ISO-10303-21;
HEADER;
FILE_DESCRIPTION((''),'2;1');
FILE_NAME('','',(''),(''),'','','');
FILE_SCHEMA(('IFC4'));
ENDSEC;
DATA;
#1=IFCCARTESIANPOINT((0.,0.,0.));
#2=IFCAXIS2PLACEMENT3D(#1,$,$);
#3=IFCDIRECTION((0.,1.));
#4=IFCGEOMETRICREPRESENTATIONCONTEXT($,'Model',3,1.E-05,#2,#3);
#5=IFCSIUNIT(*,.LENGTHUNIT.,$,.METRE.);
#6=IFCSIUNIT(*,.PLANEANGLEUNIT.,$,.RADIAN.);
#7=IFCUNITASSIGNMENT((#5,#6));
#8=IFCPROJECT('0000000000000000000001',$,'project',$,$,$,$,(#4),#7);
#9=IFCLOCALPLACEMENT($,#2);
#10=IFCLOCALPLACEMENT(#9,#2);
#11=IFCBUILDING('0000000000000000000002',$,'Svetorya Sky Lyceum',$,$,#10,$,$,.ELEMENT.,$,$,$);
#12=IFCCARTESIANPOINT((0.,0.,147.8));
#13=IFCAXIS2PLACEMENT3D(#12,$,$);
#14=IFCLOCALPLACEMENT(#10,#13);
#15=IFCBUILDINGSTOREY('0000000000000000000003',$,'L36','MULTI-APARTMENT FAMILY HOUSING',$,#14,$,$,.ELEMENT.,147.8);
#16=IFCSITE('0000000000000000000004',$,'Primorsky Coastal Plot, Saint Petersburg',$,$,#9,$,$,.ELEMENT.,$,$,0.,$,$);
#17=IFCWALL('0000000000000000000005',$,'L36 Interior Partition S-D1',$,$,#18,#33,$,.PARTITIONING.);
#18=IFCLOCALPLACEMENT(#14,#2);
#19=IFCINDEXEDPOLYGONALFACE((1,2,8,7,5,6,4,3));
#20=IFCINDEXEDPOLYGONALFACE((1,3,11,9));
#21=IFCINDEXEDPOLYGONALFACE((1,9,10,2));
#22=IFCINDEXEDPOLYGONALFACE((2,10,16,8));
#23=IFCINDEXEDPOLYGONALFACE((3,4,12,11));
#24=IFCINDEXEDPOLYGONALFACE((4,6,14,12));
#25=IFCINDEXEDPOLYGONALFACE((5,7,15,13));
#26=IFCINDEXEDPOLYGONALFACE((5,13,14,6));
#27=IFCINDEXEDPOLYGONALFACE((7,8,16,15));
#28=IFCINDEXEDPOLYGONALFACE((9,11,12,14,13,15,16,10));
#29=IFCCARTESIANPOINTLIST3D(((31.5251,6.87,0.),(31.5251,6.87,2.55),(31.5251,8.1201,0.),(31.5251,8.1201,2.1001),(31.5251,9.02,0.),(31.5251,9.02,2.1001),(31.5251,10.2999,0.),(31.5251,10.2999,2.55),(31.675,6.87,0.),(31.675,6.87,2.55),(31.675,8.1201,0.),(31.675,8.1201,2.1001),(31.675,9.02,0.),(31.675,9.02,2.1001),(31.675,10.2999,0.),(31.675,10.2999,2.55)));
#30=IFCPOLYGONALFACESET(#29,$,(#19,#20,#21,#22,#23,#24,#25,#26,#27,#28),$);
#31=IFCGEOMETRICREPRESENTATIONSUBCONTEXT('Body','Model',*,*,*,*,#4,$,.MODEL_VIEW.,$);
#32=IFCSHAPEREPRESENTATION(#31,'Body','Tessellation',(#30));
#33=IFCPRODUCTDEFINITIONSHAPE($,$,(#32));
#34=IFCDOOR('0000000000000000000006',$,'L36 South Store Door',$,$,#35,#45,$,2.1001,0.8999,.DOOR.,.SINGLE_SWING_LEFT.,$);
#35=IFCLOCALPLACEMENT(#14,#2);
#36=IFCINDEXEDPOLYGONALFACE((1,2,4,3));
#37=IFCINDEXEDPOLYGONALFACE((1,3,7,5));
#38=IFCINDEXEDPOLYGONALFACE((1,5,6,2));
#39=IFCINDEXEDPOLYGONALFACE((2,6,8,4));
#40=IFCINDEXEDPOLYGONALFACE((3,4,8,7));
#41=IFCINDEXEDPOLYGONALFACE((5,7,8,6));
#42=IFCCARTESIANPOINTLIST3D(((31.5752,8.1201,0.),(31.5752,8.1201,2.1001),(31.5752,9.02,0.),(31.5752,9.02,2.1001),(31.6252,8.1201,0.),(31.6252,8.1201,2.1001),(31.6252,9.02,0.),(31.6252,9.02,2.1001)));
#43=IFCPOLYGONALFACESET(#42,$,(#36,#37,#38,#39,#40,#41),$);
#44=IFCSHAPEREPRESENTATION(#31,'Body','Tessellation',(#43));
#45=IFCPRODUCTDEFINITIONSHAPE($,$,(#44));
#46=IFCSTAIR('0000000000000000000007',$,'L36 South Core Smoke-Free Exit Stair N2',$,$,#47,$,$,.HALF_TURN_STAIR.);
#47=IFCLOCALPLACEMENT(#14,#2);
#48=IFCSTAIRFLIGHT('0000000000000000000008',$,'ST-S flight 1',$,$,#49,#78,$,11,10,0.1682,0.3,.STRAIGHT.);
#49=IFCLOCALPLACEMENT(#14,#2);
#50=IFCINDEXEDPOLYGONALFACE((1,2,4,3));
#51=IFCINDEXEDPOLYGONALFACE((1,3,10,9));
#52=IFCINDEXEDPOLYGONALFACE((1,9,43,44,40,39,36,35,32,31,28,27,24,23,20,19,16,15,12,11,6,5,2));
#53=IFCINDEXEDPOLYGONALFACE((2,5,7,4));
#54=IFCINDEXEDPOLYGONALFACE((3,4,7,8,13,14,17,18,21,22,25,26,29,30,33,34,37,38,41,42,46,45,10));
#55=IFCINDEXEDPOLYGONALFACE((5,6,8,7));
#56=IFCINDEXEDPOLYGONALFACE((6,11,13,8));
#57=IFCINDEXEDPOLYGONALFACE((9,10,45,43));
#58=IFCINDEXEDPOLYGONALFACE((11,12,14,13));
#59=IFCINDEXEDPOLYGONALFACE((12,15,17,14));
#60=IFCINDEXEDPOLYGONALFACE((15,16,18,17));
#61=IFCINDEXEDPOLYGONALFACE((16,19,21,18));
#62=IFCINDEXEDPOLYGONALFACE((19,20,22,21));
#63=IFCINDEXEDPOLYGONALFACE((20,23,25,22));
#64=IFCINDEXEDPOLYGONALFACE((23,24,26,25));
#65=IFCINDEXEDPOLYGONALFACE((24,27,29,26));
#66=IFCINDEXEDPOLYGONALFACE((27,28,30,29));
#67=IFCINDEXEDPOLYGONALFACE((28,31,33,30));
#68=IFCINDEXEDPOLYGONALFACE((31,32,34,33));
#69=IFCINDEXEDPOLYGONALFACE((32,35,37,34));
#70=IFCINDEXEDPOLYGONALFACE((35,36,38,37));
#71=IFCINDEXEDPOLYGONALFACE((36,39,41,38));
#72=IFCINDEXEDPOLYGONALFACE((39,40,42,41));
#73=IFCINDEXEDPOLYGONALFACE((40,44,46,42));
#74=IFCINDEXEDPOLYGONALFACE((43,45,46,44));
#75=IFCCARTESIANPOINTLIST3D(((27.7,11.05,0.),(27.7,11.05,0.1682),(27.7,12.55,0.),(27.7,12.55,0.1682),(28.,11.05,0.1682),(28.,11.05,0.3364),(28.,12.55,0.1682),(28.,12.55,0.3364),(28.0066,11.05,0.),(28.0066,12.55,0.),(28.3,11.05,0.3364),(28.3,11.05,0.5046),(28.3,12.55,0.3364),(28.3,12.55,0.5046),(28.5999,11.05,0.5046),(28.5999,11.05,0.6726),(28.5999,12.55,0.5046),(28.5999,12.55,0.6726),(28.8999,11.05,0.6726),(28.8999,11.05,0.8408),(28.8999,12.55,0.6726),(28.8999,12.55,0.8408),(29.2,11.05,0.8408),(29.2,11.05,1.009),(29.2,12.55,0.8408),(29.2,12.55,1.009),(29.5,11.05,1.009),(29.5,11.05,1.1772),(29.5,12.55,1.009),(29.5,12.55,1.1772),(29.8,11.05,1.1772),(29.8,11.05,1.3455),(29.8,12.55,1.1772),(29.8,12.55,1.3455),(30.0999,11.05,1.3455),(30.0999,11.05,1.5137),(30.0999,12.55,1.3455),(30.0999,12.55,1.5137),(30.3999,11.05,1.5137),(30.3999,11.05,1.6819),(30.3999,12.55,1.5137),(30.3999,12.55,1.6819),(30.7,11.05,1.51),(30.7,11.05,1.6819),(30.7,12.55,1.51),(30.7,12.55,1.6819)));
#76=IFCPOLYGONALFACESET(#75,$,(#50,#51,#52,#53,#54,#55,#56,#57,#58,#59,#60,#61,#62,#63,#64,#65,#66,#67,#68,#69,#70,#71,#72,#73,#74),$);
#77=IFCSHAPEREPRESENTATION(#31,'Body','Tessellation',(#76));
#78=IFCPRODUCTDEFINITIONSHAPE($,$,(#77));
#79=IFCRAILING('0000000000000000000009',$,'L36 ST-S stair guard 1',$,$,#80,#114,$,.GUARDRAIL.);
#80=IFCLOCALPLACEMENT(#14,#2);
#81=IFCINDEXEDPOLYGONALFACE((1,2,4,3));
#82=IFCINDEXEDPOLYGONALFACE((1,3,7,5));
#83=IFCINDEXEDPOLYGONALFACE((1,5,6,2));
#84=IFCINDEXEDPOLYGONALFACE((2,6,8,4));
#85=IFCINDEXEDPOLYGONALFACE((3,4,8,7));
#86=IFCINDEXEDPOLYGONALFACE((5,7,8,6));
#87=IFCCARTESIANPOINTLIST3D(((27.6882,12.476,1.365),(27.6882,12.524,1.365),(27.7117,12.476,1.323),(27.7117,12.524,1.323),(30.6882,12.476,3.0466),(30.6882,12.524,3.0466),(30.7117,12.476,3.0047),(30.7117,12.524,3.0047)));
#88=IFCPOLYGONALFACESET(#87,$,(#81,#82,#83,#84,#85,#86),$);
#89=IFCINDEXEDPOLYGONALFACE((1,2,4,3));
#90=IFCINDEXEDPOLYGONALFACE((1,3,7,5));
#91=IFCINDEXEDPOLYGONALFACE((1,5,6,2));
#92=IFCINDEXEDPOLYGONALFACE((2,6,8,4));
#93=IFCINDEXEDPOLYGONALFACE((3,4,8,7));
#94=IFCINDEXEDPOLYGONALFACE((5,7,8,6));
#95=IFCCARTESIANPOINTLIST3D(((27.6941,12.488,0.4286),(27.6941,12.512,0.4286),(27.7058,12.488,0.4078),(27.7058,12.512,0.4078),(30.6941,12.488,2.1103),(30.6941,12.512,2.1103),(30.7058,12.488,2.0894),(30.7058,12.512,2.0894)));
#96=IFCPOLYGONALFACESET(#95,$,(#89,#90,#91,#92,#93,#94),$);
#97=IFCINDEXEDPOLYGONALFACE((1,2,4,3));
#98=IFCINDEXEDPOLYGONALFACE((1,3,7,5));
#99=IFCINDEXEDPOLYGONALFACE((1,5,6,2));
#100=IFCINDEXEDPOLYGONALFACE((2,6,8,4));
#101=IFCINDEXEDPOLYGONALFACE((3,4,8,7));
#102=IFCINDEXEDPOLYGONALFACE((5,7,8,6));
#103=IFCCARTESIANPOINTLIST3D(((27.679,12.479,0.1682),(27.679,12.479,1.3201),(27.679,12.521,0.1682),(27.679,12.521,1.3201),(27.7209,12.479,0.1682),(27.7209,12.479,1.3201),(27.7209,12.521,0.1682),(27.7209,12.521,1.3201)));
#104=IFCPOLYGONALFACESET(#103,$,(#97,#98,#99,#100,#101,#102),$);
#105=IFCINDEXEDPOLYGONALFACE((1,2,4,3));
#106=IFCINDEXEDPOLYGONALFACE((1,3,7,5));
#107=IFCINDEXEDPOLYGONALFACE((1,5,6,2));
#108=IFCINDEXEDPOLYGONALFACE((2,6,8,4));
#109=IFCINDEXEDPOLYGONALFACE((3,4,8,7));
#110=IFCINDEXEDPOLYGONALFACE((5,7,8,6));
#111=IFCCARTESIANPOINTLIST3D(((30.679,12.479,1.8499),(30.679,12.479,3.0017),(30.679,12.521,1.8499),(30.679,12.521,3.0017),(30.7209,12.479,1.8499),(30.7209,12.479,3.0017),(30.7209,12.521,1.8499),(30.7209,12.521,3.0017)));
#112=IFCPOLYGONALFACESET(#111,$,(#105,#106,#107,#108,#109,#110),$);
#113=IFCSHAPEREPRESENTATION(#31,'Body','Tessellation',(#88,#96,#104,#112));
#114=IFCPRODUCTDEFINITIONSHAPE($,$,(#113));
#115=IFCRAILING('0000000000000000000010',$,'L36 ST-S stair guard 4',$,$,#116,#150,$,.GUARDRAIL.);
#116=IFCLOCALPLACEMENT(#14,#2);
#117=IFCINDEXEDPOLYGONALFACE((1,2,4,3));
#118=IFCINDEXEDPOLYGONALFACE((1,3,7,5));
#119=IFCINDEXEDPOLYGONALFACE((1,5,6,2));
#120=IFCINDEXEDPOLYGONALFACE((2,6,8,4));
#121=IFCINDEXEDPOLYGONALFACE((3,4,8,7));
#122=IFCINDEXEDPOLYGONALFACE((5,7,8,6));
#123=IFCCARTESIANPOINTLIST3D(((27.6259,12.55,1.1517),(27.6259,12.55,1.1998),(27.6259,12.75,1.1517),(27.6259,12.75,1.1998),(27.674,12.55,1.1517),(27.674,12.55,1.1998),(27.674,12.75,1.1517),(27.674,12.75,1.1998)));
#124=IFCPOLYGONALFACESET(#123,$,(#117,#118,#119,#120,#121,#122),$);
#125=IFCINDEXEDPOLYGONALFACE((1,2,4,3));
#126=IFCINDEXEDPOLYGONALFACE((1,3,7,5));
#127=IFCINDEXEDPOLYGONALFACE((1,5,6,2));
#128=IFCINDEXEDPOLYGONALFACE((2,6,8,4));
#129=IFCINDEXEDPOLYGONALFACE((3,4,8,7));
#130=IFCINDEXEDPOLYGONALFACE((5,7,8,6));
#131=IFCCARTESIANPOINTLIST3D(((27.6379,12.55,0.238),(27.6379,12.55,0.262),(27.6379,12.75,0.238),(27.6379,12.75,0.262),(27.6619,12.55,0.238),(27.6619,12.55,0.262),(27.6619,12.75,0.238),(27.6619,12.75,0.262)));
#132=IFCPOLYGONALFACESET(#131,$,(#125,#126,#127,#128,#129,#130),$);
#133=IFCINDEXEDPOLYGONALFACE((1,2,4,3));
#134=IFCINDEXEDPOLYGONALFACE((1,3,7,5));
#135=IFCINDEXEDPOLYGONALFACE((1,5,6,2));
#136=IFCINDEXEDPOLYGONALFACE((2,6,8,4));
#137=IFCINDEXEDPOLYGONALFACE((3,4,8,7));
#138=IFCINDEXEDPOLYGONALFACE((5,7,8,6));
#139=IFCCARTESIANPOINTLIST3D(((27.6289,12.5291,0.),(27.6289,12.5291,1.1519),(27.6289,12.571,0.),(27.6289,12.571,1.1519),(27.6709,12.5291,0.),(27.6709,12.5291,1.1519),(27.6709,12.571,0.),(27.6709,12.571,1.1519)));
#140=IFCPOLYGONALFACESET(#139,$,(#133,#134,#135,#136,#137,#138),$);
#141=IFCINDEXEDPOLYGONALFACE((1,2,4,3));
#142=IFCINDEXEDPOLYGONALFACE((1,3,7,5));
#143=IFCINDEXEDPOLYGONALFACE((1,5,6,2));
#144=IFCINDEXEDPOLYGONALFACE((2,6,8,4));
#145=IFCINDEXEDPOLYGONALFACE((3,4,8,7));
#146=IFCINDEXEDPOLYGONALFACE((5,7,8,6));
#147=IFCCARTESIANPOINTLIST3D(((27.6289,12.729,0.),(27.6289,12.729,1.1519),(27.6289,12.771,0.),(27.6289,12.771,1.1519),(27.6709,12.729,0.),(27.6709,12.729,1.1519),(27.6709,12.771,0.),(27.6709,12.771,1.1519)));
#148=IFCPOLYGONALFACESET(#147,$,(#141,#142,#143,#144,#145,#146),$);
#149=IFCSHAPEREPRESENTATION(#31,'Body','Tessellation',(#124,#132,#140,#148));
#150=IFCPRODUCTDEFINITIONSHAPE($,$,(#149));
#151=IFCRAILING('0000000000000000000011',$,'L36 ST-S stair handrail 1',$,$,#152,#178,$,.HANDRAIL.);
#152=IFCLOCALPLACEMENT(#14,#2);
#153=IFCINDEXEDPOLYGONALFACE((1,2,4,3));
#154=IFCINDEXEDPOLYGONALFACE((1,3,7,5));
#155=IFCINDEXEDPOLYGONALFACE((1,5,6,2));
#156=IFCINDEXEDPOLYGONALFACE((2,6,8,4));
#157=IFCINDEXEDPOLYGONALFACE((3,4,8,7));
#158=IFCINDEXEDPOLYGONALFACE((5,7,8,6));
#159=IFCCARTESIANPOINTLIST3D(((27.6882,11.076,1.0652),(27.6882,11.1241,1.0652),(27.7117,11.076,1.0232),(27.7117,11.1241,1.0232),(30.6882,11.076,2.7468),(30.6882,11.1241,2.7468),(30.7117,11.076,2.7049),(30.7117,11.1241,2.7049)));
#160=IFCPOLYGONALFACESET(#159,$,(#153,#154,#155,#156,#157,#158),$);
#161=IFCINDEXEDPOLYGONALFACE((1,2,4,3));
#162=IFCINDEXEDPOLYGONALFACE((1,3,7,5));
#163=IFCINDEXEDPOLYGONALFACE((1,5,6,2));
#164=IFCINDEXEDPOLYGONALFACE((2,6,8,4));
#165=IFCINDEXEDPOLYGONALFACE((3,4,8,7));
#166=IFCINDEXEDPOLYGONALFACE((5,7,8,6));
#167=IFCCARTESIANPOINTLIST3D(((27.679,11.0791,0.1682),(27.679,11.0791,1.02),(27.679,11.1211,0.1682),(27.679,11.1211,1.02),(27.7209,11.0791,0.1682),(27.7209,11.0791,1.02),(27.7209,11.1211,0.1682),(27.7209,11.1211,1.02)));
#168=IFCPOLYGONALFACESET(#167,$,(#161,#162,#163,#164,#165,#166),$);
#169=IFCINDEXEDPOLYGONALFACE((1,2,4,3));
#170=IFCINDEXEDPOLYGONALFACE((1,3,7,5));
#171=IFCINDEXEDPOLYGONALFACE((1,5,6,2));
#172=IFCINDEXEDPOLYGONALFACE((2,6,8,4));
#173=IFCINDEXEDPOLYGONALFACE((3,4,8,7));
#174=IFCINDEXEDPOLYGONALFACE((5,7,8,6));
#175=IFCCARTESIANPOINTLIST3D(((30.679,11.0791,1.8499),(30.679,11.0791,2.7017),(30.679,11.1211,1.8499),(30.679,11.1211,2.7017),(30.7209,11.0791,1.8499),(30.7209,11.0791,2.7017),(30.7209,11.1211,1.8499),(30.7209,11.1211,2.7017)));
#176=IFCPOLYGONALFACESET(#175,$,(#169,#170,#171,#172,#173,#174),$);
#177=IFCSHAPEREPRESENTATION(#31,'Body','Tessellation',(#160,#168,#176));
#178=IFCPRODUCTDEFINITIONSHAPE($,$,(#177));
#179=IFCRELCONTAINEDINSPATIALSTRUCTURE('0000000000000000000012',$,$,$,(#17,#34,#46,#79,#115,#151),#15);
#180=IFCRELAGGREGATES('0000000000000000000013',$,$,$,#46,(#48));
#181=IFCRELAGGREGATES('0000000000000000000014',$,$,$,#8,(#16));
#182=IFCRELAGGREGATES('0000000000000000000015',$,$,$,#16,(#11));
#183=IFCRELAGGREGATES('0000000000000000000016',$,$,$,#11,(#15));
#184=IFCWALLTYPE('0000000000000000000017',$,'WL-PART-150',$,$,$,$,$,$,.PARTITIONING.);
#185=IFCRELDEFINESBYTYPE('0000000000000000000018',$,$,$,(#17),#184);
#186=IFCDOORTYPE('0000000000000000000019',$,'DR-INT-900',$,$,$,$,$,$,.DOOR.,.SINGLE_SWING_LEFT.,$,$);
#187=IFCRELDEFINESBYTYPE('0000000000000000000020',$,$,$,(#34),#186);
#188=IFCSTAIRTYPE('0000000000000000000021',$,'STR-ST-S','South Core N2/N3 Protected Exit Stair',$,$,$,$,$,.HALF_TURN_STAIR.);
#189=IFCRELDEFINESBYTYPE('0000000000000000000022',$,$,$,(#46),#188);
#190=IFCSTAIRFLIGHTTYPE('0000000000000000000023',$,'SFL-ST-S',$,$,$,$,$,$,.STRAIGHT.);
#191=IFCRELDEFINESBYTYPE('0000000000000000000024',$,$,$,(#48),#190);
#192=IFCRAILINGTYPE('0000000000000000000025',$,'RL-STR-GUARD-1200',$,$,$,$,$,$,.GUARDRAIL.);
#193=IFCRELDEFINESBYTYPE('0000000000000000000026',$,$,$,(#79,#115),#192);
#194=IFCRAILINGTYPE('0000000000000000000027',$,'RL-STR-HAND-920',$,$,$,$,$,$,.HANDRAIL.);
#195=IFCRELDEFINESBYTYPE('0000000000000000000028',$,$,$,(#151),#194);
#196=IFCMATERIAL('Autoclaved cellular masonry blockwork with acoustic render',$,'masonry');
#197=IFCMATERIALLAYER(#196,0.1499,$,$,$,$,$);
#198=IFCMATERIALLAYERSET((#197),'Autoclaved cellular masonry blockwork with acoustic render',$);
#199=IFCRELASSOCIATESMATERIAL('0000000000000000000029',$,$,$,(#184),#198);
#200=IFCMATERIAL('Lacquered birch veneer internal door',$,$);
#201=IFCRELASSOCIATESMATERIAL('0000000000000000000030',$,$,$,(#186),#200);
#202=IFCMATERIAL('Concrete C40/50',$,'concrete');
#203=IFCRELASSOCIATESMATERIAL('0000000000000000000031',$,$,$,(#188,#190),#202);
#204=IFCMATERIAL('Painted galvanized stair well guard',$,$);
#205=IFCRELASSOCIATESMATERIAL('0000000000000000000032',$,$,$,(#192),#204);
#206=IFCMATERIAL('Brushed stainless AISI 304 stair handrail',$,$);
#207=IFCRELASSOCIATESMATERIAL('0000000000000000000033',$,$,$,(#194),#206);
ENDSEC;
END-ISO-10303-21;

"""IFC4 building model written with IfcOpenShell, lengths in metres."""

from ifc_helpers import new_model, si_unit, direction, frame, frame_2d, origin, origin_2d, place, context, subcontext, project, spatial, polyline, rectangle, outline, extrude, material, layer, layer_set, type_object, element, fill, aggregate, save


model = new_model("IFC4")

# Units and contexts
model_context = context("Model", 3, precision=1e-05, world=origin(), true_north=direction((0.0, 1.0)))
body_context = subcontext(model_context, "Body", "Model", "MODEL_VIEW")
ifc_project = project(units=[si_unit("LENGTHUNIT", "METRE"), si_unit("PLANEANGLEUNIT", "RADIAN")], contexts=[model_context])

# Site, building, storey
site_placement = place(None, origin())
site = spatial("IfcSite", under=ifc_project, at=site_placement, Name="Primorsky Coastal Plot, Saint Petersburg", CompositionType="ELEMENT", RefElevation=0.0)
building_placement = place(site_placement, origin())
building = spatial("IfcBuilding", under=site, at=building_placement, Name="Svetorya Sky Lyceum", CompositionType="ELEMENT")
storey_placement = place(building_placement, frame((0.0, 0.0, 147.8)))
storey = spatial("IfcBuildingStorey", under=building, at=storey_placement, Name="L36", Description="MULTI-APARTMENT FAMILY HOUSING", CompositionType="ELEMENT", Elevation=147.8)

# Shared definitions
ifc_material_1 = material(Name="Concrete C40/50", Category="concrete")

# Wall, opening, door
ifc_material_2 = material(Name="Autoclaved cellular masonry blockwork with acoustic render", Category="masonry")
ifc_layer_1 = layer(ifc_material_2, 0.1499)
ifc_layer_set_1 = layer_set([ifc_layer_1], Name="Autoclaved cellular masonry blockwork with acoustic render")
wall_type_1 = type_object("IfcWallType", Name="WL-PART-150", PredefinedType="PARTITIONING", material=ifc_layer_set_1)
wall_1_placement = place(storey_placement, frame((31.6001, 6.8701, 0.0), z_axis=(0.0, 0.0, 1.0), x_axis=(0.0, 1.0, 0.0)))
wall_1 = element("IfcWall", 1, at=wall_1_placement, inside=storey, type_object=wall_type_1, Name="L36 Interior Partition S-D1", PredefinedType="PARTITIONING", context=body_context, shape_type="SweptSolid", body=[
    extrude(rectangle(XDim=3.4299, YDim=0.1499, at=frame_2d((1.7148, 0.0))), origin(), (0.0, 0.0, 1.0), 2.55),
])
opening_placement = place(wall_1_placement, frame((1.25, 0.0, 0.0)))
opening = element("IfcOpeningElement", 2, at=opening_placement, cuts=wall_1, PredefinedType="OPENING", context=body_context, shape_type="SweptSolid", body=[
    extrude(rectangle(XDim=0.8999, YDim=2.1001, at=frame_2d((0.45, 1.05))), frame((0.0, 0.085, 0.0), z_axis=(0.0, -1.0, 0.0), x_axis=(1.0, 0.0, 0.0)), (0.0, 0.0, 1.0), 0.1699),
])
ifc_material_3 = material(Name="Lacquered birch veneer internal door")
door_type = type_object("IfcDoorType", Name="DR-INT-900", OperationType="SINGLE_SWING_LEFT", PredefinedType="DOOR", material=ifc_material_3)
door_placement = place(opening_placement, origin())
door = element("IfcDoor", 3, at=door_placement, inside=storey, type_object=door_type, Name="L36 South Store Door", OperationType="SINGLE_SWING_LEFT", OverallHeight=2.1001, OverallWidth=0.8999, PredefinedType="DOOR", context=body_context, shape_type="SweptSolid", body=[
    extrude(rectangle(XDim=0.8999, YDim=2.1001, at=frame_2d((0.45, 1.05))), frame((0.0, 0.0249, 0.0), z_axis=(0.0, -1.0, 0.0), x_axis=(1.0, 0.0, 0.0)), (0.0, 0.0, 1.0), 0.05),
])
fill(opening, door)

# Stair, stair flight
stair_type = type_object("IfcStairType", Name="STR-ST-S", Description="South Core N2/N3 Protected Exit Stair", PredefinedType="HALF_TURN_STAIR", material=ifc_material_1)
stair_placement = place(storey_placement, origin())
stair = element("IfcStair", 4, at=stair_placement, inside=storey, type_object=stair_type, Name="L36 South Core Smoke-Free Exit Stair N2", PredefinedType="HALF_TURN_STAIR")
stair_flight_type = type_object("IfcStairFlightType", Name="SFL-ST-S", PredefinedType="STRAIGHT", material=ifc_material_1)
stair_flight_placement = place(storey_placement, frame((27.7, 11.8, 0.0), z_axis=(0.0, 0.0, 1.0), x_axis=(1.0, 0.0, 0.0)))
stair_flight = element("IfcStairFlight", 5, at=stair_flight_placement, type_object=stair_flight_type, Name="ST-S flight 1", NumberOfRisers=11, NumberOfTreads=10, PredefinedType="STRAIGHT", RiserHeight=0.1682, TreadLength=0.3, context=body_context, shape_type="SweptSolid", body=[
    extrude(outline(polyline([(0.0, 0.0), (0.0, 0.1682), (0.3, 0.1682), (0.3, 0.3364), (0.6001, 0.3364), (0.6001, 0.5046), (0.8999, 0.5046), (0.8999, 0.6726), (1.2, 0.6726), (1.2, 0.8408), (1.5, 0.8408), (1.5, 1.009), (1.8, 1.009), (1.8, 1.1772), (2.1001, 1.1772), (2.1001, 1.3455), (2.3999, 1.3455), (2.3999, 1.5137), (2.7, 1.5137), (2.7, 1.6819), (3.0, 1.6819), (3.0, 1.8501), (3.0, 1.51), (0.3066, 0.0), (0.0, 0.0)])), frame((0.0, 0.75, 0.0), z_axis=(0.0, -1.0, 0.0), x_axis=(1.0, 0.0, 0.0)), (0.0, 0.0, 1.0), 1.5),
])
aggregate(stair, [stair_flight])

# Railings
ifc_material_4 = material(Name="Painted galvanized stair well guard")
railing_type_1 = type_object("IfcRailingType", Name="RL-STR-GUARD-1200", PredefinedType="GUARDRAIL", material=ifc_material_4)
railing_1_placement = place(storey_placement, frame((27.7, 12.5, 0.1682)))
element("IfcRailing", 6, at=railing_1_placement, inside=storey, type_object=railing_type_1, Name="L36 ST-S stair guard 1", PredefinedType="GUARDRAIL", context=body_context, shape_type="SweptSolid", body=[
    extrude(rectangle(XDim=0.0481, YDim=0.0481, at=origin_2d()), frame((0.0, 0.0, 1.1758), z_axis=(0.872303, 0.0, 0.488966), x_axis=(0.0, 1.0, 0.0)), (0.0, 0.0, 1.0), 3.4392),
    extrude(rectangle(XDim=0.0239, YDim=0.0239, at=origin_2d()), frame((0.0, 0.0, 0.25), z_axis=(0.872303, 0.0, 0.488966), x_axis=(0.0, 1.0, 0.0)), (0.0, 0.0, 1.0), 3.4392),
    extrude(rectangle(XDim=0.042, YDim=0.042, at=origin_2d()), origin(), (0.0, 0.0, 1.0), 1.1519),
    extrude(rectangle(XDim=0.042, YDim=0.042, at=origin_2d()), frame((3.0, 0.0, 1.6816)), (0.0, 0.0, 1.0), 1.1519),
])
railing_2_placement = place(storey_placement, frame((27.6499, 12.55, 0.0)))
element("IfcRailing", 7, at=railing_2_placement, inside=storey, type_object=railing_type_1, Name="L36 ST-S stair guard 4", PredefinedType="GUARDRAIL", context=body_context, shape_type="SweptSolid", body=[
    extrude(rectangle(XDim=0.0481, YDim=0.0481, at=origin_2d()), frame((0.0, 0.0, 1.1758), z_axis=(0.0, 1.0, 0.0), x_axis=(-1.0, 0.0, 0.0)), (0.0, 0.0, 1.0), 0.2),
    extrude(rectangle(XDim=0.0239, YDim=0.0239, at=origin_2d()), frame((0.0, 0.0, 0.25), z_axis=(0.0, 1.0, 0.0), x_axis=(-1.0, 0.0, 0.0)), (0.0, 0.0, 1.0), 0.2),
    extrude(rectangle(XDim=0.042, YDim=0.042, at=origin_2d()), origin(), (0.0, 0.0, 1.0), 1.1519),
    extrude(rectangle(XDim=0.042, YDim=0.042, at=origin_2d()), frame((0.0, 0.2, 0.0)), (0.0, 0.0, 1.0), 1.1519),
])
ifc_material_5 = material(Name="Brushed stainless AISI 304 stair handrail")
railing_type_2 = type_object("IfcRailingType", Name="RL-STR-HAND-920", PredefinedType="HANDRAIL", material=ifc_material_5)
railing_3_placement = place(storey_placement, frame((27.7, 11.1001, 0.1682)))
element("IfcRailing", 8, at=railing_3_placement, inside=storey, type_object=railing_type_2, Name="L36 ST-S stair handrail 1", PredefinedType="HANDRAIL", context=body_context, shape_type="SweptSolid", body=[
    extrude(rectangle(XDim=0.0481, YDim=0.0481, at=origin_2d()), frame((0.0, 0.0, 0.876), z_axis=(0.872303, 0.0, 0.488966), x_axis=(0.0, 1.0, 0.0)), (0.0, 0.0, 1.0), 3.4392),
    extrude(rectangle(XDim=0.042, YDim=0.042, at=origin_2d()), origin(), (0.0, 0.0, 1.0), 0.8518),
    extrude(rectangle(XDim=0.042, YDim=0.042, at=origin_2d()), frame((3.0, 0.0, 1.6816)), (0.0, 0.0, 1.0), 0.8518),
])

save(model, "model.ifc")
